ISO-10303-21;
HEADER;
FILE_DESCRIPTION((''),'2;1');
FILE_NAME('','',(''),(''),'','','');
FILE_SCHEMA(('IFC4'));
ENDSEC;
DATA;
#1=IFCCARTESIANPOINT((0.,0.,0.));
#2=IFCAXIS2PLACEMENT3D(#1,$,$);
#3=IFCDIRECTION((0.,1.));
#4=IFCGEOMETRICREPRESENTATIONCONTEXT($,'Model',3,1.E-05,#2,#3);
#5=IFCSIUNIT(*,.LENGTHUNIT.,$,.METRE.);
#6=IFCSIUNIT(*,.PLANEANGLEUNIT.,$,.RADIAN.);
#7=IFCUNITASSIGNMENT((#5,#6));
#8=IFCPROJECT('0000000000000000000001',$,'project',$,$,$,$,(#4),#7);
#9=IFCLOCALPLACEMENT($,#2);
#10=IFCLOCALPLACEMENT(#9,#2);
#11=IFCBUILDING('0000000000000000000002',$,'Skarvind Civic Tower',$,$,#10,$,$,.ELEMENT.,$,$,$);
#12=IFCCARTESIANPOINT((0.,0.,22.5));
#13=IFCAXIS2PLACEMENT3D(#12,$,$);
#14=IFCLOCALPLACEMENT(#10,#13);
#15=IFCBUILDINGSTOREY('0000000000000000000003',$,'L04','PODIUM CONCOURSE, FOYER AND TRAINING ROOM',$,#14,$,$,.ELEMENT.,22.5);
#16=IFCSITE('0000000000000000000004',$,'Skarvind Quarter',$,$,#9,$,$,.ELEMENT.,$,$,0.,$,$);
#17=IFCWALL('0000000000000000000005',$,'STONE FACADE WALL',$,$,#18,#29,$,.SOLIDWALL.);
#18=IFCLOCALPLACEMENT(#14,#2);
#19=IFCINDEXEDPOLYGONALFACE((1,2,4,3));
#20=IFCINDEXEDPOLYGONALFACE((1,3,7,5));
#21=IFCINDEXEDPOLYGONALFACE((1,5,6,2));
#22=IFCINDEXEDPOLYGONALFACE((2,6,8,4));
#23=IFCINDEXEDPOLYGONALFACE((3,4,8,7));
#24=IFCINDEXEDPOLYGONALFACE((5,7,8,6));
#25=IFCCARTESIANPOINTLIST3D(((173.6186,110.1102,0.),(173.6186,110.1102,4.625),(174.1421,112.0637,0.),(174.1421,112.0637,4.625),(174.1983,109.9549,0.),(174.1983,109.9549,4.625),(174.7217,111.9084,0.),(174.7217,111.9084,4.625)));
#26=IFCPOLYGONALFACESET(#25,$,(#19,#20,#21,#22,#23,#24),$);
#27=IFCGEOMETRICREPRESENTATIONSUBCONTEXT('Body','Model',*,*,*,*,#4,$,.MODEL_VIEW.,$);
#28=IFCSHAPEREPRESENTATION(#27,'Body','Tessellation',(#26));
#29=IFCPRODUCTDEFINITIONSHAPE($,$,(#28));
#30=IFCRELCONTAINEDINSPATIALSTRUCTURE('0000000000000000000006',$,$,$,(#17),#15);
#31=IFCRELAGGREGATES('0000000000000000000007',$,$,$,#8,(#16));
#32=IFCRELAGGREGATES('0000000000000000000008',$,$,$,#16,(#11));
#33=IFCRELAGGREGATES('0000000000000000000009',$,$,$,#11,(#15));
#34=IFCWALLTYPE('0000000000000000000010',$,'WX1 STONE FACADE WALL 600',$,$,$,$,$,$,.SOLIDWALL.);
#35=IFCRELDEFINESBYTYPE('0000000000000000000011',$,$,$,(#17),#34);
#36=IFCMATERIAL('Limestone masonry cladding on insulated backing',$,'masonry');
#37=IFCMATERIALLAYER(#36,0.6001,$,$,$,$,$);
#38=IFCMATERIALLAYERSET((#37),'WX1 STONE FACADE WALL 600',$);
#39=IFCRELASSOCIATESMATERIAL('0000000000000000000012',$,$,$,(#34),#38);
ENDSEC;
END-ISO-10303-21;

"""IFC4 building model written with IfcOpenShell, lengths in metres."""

from ifc_helpers import new_model, si_unit, direction, frame, frame_2d, origin, place, context, subcontext, project, spatial, rectangle, extrude, material, layer, layer_set, type_object, element, save


model = new_model("IFC4")

# Units and contexts
model_context = context("Model", 3, precision=1e-05, world=origin(), true_north=direction((0.0, 1.0)))
body_context = subcontext(model_context, "Body", "Model", "MODEL_VIEW")
ifc_project = project(units=[si_unit("LENGTHUNIT", "METRE"), si_unit("PLANEANGLEUNIT", "RADIAN")], contexts=[model_context])

# Site, building, storey
site_placement = place(None, origin())
site = spatial("IfcSite", under=ifc_project, at=site_placement, Name="Skarvind Quarter", CompositionType="ELEMENT", RefElevation=0.0)
building_placement = place(site_placement, origin())
building = spatial("IfcBuilding", under=site, at=building_placement, Name="Skarvind Civic Tower", CompositionType="ELEMENT")
storey_placement = place(building_placement, frame((0.0, 0.0, 22.5)))
storey = spatial("IfcBuildingStorey", under=building, at=storey_placement, Name="L04", Description="PODIUM CONCOURSE, FOYER AND TRAINING ROOM", CompositionType="ELEMENT", Elevation=22.5)

# Shared definitions
ifc_material_1 = material(Name="Limestone masonry cladding on insulated backing", Category="masonry")
ifc_layer_1 = layer(ifc_material_1, 0.6001)
ifc_layer_set_1 = layer_set([ifc_layer_1], Name="WX1 STONE FACADE WALL 600")
wall_type_1 = type_object("IfcWallType", Name="WX1 STONE FACADE WALL 600", PredefinedType="SOLIDWALL", material=ifc_layer_set_1)

# Wall
wall_1_placement = place(storey_placement, frame((174.4319, 111.9861, 0.0), z_axis=(0.0, 0.0, 1.0), x_axis=(-0.258804, -0.96593, 0.0)))
element("IfcWall", 1, at=wall_1_placement, inside=storey, type_object=wall_type_1, Name="STONE FACADE WALL", PredefinedType="SOLIDWALL", context=body_context, shape_type="SweptSolid", body=[
    extrude(rectangle(XDim=2.0225, YDim=0.6001, at=frame_2d((1.0112, 0.0))), origin(), (0.0, 0.0, 1.0), 4.625),
])

save(model, "model.ifc")
